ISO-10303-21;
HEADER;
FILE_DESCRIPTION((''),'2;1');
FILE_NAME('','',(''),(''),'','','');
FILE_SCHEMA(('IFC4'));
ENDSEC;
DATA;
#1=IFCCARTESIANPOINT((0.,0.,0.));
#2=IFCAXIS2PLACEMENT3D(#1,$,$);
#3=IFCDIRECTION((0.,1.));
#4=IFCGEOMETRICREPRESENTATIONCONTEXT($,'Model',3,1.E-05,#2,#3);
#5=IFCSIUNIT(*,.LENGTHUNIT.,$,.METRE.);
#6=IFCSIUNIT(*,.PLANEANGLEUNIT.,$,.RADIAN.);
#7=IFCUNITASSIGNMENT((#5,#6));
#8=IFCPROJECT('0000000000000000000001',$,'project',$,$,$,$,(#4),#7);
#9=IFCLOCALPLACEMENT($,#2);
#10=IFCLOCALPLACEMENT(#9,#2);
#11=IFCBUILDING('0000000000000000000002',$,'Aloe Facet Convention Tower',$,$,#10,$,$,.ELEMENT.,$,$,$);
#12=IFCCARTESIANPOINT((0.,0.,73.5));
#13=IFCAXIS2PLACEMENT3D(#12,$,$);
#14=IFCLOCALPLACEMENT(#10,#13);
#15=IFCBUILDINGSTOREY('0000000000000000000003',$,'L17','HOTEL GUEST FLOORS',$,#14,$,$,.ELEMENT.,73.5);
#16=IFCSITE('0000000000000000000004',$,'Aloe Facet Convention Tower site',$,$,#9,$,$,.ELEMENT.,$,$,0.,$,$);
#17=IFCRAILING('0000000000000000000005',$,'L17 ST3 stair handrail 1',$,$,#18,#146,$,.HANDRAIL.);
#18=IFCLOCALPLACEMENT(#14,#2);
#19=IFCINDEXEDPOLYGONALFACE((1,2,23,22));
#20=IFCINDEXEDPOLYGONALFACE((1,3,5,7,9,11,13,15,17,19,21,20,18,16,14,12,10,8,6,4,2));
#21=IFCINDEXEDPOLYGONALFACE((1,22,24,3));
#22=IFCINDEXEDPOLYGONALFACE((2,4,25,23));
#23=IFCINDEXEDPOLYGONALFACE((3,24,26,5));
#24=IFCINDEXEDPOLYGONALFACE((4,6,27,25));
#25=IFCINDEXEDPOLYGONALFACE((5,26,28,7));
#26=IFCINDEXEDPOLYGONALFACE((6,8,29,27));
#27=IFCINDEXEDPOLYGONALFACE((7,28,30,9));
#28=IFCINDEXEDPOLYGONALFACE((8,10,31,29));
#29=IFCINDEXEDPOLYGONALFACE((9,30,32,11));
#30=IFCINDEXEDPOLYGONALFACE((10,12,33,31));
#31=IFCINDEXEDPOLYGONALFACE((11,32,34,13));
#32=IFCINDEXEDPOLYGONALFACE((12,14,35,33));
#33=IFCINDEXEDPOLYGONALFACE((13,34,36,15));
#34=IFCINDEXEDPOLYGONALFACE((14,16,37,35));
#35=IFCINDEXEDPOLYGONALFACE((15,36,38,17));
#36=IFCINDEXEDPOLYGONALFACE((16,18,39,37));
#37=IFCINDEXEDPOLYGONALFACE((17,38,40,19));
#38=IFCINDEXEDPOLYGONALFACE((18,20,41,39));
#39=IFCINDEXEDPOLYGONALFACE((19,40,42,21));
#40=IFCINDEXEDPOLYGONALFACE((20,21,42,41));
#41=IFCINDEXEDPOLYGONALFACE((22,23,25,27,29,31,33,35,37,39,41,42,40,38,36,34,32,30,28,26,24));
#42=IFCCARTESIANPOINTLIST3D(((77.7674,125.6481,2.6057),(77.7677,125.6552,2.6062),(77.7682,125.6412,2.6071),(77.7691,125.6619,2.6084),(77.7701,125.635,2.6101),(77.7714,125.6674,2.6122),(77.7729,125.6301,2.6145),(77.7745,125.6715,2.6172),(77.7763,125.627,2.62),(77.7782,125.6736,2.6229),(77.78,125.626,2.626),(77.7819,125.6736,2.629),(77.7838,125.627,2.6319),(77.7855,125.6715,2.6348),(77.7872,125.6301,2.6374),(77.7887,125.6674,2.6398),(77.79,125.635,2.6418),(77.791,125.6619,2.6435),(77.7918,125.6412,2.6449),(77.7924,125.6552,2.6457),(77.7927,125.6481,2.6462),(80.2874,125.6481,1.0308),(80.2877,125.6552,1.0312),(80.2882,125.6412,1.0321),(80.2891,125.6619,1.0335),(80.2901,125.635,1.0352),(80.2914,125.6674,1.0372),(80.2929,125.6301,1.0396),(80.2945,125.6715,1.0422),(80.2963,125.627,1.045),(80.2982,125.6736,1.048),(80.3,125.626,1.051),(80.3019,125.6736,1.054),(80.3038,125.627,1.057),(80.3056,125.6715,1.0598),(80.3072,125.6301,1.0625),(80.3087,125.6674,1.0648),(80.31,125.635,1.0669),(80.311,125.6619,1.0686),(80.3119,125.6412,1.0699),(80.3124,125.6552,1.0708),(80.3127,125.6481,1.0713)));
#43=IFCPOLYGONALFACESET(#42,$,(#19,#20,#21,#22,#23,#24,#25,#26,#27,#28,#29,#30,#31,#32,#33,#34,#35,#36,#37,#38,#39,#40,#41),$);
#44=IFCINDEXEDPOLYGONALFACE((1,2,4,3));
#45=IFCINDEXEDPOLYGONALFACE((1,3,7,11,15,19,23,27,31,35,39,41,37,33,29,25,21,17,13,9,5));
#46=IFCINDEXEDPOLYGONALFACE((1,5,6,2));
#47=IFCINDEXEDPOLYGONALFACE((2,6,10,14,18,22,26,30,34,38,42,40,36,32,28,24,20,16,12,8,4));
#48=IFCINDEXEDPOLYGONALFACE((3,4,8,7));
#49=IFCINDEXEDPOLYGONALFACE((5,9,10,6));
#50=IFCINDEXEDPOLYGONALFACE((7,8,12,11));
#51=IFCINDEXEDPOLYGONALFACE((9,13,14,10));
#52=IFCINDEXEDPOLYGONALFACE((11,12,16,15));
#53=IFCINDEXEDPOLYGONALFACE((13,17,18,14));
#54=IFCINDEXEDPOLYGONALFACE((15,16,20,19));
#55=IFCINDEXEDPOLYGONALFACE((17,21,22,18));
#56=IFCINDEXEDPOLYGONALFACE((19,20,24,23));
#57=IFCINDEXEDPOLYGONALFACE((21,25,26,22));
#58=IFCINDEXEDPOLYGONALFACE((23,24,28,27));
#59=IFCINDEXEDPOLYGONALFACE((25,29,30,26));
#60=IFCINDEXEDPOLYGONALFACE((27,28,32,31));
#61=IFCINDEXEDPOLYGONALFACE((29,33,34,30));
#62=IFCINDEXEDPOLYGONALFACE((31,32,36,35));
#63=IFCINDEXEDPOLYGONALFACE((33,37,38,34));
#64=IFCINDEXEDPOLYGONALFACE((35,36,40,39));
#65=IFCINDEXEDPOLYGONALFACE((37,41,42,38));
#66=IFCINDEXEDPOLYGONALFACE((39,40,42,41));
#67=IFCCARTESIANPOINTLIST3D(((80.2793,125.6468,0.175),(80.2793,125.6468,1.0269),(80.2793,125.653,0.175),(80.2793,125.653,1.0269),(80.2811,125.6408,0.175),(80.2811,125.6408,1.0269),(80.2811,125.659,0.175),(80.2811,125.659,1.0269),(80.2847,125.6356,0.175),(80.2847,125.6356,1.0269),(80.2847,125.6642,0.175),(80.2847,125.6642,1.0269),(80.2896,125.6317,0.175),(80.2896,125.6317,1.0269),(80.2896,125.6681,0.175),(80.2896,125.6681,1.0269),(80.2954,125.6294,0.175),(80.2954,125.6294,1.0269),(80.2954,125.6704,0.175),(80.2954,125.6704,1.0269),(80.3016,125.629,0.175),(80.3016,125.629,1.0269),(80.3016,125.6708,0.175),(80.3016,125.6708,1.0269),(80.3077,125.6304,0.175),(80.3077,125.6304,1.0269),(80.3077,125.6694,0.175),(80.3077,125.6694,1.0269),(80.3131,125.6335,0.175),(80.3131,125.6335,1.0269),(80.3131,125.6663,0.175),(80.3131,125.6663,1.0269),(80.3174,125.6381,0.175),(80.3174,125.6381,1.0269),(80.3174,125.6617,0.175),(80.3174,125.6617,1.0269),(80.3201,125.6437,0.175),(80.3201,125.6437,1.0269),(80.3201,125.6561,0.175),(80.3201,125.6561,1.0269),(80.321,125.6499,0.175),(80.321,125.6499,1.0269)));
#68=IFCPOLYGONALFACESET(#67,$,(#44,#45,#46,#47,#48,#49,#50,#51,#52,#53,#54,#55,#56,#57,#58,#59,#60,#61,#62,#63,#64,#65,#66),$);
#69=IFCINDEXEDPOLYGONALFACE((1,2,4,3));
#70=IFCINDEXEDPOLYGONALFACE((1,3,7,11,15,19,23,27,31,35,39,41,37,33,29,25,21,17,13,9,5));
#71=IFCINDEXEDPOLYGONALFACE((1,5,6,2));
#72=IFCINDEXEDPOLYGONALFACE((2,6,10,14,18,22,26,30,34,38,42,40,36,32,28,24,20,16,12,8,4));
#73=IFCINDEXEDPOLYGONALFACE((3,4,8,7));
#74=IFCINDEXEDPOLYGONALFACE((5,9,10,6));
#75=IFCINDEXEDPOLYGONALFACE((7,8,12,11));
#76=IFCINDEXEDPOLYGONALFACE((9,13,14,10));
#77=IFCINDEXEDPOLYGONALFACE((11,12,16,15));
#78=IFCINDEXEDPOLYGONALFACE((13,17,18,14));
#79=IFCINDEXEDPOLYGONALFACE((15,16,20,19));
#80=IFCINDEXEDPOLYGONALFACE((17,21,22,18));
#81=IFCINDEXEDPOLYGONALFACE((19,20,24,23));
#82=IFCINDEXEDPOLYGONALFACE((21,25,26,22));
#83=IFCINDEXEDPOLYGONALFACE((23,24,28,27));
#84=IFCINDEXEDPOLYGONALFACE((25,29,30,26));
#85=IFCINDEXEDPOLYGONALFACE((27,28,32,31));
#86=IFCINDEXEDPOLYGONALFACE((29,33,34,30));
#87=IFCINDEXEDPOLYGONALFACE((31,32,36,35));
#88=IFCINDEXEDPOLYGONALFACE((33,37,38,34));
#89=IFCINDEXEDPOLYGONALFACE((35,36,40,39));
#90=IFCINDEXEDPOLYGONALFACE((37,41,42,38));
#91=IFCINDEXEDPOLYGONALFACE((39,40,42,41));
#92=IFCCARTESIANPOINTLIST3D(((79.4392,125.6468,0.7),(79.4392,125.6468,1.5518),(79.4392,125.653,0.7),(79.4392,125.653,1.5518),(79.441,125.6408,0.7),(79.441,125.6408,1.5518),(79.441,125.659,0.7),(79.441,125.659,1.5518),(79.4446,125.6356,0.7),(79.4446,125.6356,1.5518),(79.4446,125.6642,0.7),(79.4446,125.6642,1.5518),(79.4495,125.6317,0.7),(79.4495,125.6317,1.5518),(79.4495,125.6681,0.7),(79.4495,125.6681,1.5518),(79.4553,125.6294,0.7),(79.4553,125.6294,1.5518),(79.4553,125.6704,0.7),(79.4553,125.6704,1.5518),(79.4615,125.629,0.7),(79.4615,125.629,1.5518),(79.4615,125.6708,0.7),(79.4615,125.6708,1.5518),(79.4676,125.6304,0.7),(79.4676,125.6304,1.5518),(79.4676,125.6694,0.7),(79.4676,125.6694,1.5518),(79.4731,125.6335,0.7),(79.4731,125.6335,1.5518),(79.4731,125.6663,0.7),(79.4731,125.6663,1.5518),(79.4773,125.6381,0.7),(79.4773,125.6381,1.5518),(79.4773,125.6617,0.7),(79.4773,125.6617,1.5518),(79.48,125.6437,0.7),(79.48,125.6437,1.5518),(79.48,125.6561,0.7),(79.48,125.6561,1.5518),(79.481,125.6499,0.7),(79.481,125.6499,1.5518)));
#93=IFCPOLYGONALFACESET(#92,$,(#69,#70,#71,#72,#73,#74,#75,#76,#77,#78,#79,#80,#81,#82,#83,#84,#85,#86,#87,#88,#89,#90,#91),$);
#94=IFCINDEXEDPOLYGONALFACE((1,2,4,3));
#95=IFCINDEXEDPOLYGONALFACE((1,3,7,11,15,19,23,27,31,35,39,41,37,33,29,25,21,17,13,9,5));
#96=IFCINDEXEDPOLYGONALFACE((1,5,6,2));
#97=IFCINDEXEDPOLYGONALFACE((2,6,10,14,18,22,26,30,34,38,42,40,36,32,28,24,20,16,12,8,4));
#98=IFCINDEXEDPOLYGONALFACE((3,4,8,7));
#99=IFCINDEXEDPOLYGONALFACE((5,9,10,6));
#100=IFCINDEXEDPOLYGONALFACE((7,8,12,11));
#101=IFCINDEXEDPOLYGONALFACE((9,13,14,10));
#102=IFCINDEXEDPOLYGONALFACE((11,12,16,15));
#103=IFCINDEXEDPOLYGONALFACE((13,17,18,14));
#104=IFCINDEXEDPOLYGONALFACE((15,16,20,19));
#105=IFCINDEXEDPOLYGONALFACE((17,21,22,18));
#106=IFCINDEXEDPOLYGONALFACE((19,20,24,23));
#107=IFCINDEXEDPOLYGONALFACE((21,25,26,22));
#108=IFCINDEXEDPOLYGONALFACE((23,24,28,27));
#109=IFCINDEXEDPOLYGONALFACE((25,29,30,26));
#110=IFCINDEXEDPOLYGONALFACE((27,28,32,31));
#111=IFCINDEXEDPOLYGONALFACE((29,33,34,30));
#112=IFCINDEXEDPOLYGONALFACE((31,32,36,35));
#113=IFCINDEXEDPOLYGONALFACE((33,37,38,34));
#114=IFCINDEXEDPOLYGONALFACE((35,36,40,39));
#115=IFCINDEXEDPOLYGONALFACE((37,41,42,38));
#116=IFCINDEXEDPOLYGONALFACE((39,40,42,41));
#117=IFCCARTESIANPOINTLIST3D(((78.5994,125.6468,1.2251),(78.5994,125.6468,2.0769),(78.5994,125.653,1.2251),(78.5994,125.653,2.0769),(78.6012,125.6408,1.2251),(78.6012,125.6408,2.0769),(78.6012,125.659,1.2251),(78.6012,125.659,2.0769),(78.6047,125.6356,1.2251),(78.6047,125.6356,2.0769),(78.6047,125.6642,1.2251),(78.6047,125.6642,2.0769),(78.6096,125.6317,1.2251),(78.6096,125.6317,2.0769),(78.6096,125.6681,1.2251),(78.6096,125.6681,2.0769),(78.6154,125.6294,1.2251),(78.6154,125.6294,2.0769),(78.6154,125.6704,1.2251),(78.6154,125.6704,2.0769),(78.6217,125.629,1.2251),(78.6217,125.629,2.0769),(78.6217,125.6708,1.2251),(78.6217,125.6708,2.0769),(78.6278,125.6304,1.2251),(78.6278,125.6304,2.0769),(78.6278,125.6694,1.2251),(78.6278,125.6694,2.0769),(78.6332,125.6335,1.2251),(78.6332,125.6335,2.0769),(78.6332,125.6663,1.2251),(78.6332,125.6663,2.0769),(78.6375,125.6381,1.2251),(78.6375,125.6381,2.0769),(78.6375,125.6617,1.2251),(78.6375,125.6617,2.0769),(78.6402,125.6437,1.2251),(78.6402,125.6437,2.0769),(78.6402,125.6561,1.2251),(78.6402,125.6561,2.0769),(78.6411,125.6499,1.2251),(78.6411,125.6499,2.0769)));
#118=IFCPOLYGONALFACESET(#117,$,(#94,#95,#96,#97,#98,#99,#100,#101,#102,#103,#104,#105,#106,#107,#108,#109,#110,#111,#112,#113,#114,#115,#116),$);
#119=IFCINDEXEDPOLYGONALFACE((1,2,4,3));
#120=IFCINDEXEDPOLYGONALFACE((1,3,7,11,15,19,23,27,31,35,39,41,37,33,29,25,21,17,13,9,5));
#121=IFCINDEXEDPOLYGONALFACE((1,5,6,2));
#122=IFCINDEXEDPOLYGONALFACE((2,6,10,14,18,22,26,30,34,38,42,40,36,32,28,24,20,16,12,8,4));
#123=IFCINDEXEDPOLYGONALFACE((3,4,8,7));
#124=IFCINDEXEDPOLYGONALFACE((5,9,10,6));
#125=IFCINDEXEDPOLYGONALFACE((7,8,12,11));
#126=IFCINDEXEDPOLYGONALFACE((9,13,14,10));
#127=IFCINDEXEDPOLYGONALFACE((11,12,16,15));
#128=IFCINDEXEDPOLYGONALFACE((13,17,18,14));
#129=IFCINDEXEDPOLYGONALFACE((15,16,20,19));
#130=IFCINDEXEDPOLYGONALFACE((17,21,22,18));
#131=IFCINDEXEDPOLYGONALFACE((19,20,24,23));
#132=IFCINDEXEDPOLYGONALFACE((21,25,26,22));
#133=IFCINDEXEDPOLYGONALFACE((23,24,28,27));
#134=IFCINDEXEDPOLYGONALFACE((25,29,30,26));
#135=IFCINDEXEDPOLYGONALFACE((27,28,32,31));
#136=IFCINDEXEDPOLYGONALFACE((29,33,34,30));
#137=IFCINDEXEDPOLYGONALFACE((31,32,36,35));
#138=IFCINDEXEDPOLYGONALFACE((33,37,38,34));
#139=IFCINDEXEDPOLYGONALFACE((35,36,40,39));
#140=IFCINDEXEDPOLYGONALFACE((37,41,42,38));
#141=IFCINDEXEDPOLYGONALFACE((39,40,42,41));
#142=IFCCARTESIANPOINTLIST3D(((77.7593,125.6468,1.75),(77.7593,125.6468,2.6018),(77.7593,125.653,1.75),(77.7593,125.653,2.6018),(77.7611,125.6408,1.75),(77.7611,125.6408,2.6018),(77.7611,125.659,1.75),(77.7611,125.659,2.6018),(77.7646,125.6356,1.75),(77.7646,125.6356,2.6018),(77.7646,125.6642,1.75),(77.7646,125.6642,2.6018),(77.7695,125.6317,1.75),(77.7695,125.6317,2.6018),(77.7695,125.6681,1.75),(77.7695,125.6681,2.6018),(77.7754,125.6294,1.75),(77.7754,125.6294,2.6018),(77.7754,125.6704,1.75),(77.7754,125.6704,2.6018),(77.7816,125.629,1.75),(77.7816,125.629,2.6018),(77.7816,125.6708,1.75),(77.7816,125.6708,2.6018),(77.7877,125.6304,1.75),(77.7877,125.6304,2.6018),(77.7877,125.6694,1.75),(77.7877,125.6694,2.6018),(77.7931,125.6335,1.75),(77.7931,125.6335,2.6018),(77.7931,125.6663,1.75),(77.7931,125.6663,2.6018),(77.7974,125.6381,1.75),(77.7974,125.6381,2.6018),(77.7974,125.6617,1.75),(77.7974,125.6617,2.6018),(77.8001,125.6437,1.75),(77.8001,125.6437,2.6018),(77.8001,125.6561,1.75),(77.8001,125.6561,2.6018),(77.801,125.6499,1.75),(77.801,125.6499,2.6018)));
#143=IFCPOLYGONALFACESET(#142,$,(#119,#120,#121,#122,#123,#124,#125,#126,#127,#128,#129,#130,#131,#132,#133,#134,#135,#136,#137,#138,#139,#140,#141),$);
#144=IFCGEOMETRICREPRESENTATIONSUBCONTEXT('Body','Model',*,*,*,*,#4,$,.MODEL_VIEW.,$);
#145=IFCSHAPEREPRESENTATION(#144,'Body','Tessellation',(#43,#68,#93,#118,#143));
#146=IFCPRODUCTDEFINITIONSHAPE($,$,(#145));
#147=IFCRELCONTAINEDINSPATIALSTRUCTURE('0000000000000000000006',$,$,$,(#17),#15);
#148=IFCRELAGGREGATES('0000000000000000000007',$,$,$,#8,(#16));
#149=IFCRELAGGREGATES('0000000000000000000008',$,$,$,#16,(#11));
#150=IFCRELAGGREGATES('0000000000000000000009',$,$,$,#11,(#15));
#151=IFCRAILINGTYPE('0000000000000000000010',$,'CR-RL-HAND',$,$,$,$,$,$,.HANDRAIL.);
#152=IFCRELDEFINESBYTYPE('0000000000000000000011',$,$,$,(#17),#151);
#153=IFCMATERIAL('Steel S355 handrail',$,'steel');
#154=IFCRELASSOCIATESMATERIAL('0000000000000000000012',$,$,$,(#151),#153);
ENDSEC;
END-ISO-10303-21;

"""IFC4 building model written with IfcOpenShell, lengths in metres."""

from ifc_helpers import new_model, si_unit, direction, frame, origin, origin_2d, place, context, subcontext, project, spatial, circle, extrude, material, type_object, element, save


model = new_model("IFC4")

# Units and contexts
model_context = context("Model", 3, precision=1e-05, world=origin(), true_north=direction((0.0, 1.0)))
body_context = subcontext(model_context, "Body", "Model", "MODEL_VIEW")
ifc_project = project(units=[si_unit("LENGTHUNIT", "METRE"), si_unit("PLANEANGLEUNIT", "RADIAN")], contexts=[model_context])

# Site, building, storey
site_placement = place(None, origin())
site = spatial("IfcSite", under=ifc_project, at=site_placement, Name="Aloe Facet Convention Tower site", CompositionType="ELEMENT", RefElevation=0.0)
building_placement = place(site_placement, origin())
building = spatial("IfcBuilding", under=site, at=building_placement, Name="Aloe Facet Convention Tower", CompositionType="ELEMENT")
storey_placement = place(building_placement, frame((0.0, 0.0, 73.5)))
storey = spatial("IfcBuildingStorey", under=building, at=storey_placement, Name="L17", Description="HOTEL GUEST FLOORS", CompositionType="ELEMENT", Elevation=73.5)

# Railing
ifc_material_1 = material(Name="Steel S355 handrail", Category="steel")
railing_type_1 = type_object("IfcRailingType", Name="CR-RL-HAND", PredefinedType="HANDRAIL", material=ifc_material_1)
railing_1_placement = place(storey_placement, frame((80.3, 125.6499, 0.175)))
element("IfcRailing", 1, at=railing_1_placement, inside=storey, type_object=railing_type_1, Name="L17 ST3 stair handrail 1", PredefinedType="HANDRAIL", context=body_context, shape_type="SweptSolid", body=[
    extrude(circle(Radius=0.0239, at=origin_2d()), frame((0.0, 0.0, 0.876), z_axis=(-0.848008, 0.0, 0.529984), x_axis=(0.0, -1.0, 0.0)), (0.0, 0.0, 1.0), 2.9717),
    extrude(circle(Radius=0.021, at=origin_2d()), origin(), (0.0, 0.0, 1.0), 0.8518),
    extrude(circle(Radius=0.021, at=origin_2d()), frame((-0.8401, 0.0, 0.5249)), (0.0, 0.0, 1.0), 0.8518),
    extrude(circle(Radius=0.021, at=origin_2d()), frame((-1.6799, 0.0, 1.05)), (0.0, 0.0, 1.0), 0.8518),
    extrude(circle(Radius=0.021, at=origin_2d()), frame((-2.52, 0.0, 1.575)), (0.0, 0.0, 1.0), 0.8518),
])

save(model, "model.ifc")
